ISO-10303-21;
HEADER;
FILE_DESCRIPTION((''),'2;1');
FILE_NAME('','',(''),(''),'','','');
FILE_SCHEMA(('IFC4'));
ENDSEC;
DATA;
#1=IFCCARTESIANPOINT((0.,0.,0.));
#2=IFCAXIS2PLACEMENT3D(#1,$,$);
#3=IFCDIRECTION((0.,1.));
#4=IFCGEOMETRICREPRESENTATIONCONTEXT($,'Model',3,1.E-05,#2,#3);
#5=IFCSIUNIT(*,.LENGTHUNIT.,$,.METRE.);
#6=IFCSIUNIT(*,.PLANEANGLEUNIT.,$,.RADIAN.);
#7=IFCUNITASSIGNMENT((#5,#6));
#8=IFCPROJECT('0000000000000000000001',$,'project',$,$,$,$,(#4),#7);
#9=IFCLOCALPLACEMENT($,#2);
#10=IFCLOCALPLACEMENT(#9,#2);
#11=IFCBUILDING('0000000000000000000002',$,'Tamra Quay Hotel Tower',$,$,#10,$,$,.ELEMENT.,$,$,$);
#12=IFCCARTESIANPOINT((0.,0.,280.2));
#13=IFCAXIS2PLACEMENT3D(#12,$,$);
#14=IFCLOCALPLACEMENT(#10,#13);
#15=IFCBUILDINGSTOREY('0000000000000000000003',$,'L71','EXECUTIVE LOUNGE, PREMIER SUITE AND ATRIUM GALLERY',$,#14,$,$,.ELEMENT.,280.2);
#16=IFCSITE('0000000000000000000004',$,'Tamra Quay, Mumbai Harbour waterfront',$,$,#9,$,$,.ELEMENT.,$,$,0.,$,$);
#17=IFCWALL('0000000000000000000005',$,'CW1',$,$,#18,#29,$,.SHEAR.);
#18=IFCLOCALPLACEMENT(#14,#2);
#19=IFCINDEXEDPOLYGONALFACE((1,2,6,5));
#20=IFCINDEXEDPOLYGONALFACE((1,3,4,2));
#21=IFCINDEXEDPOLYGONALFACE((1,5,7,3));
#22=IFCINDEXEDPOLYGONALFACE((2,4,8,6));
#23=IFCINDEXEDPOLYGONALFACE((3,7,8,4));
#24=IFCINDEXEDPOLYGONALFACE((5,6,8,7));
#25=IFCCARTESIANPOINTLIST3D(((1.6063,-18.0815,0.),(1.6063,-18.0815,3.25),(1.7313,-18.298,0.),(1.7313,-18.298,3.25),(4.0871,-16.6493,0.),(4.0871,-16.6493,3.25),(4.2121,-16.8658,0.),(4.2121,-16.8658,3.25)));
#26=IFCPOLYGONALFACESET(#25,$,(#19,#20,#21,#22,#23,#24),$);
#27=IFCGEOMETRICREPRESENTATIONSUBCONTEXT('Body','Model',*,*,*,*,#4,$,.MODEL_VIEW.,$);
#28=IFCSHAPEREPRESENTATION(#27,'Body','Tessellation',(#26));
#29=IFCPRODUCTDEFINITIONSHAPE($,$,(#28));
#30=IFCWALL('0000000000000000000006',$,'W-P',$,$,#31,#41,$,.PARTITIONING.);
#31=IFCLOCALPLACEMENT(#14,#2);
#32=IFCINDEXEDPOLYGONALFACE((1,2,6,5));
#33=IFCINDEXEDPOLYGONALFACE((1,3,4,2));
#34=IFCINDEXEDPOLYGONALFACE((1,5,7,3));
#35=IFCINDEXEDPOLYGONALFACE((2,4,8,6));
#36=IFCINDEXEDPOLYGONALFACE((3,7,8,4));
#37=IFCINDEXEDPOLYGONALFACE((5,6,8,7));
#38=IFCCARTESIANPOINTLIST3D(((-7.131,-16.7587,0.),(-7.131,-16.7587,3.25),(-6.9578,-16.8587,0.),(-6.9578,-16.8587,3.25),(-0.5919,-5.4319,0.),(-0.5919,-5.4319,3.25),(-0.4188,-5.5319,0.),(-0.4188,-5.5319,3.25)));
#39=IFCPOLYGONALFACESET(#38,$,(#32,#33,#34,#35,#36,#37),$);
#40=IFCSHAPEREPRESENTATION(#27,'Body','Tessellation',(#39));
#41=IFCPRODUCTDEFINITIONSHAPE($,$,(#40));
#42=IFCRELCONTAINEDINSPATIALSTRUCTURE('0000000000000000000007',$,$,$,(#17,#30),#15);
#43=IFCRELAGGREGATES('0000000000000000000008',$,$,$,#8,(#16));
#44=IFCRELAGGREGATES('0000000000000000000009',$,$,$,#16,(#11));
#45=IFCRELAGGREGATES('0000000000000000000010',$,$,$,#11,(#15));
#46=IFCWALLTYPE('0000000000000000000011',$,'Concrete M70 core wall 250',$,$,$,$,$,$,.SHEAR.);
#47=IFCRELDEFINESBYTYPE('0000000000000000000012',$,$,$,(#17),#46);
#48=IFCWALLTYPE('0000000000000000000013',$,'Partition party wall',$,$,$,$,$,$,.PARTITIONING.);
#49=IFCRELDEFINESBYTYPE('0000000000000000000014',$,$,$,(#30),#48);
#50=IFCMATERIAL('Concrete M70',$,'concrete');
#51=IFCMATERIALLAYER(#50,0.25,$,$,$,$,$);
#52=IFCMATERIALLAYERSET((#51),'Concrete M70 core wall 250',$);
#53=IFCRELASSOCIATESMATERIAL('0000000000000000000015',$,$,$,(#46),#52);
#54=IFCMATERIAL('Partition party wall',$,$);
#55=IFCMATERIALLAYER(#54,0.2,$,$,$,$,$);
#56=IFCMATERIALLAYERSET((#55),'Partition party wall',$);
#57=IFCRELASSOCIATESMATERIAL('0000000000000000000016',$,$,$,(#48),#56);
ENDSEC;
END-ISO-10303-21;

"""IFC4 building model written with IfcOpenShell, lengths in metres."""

from ifc_helpers import new_model, si_unit, direction, frame, frame_2d, origin, place, context, subcontext, project, spatial, rectangle, extrude, material, layer, layer_set, type_object, element, save


model = new_model("IFC4")

# Units and contexts
model_context = context("Model", 3, precision=1e-05, world=origin(), true_north=direction((0.0, 1.0)))
body_context = subcontext(model_context, "Body", "Model", "MODEL_VIEW")
ifc_project = project(units=[si_unit("LENGTHUNIT", "METRE"), si_unit("PLANEANGLEUNIT", "RADIAN")], contexts=[model_context])

# Site, building, storey
site_placement = place(None, origin())
site = spatial("IfcSite", under=ifc_project, at=site_placement, Name="Tamra Quay, Mumbai Harbour waterfront", CompositionType="ELEMENT", RefElevation=0.0)
building_placement = place(site_placement, origin())
building = spatial("IfcBuilding", under=site, at=building_placement, Name="Tamra Quay Hotel Tower", CompositionType="ELEMENT")
storey_placement = place(building_placement, frame((0.0, 0.0, 280.2)))
storey = spatial("IfcBuildingStorey", under=building, at=storey_placement, Name="L71", Description="EXECUTIVE LOUNGE, PREMIER SUITE AND ATRIUM GALLERY", CompositionType="ELEMENT", Elevation=280.2)

# Shared definitions
ifc_material_1 = material(Name="Concrete M70", Category="concrete")

# Walls
ifc_layer_1 = layer(ifc_material_1, 0.25)
ifc_layer_set_1 = layer_set([ifc_layer_1], Name="Concrete M70 core wall 250")
wall_type_1 = type_object("IfcWallType", Name="Concrete M70 core wall 250", PredefinedType="SHEAR", material=ifc_layer_set_1)
wall_1_placement = place(storey_placement, frame((1.6689, -18.1897, 0.0), z_axis=(0.0, 0.0, 1.0), x_axis=(0.866042, 0.499971, 0.0)))
element("IfcWall", 1, at=wall_1_placement, inside=storey, type_object=wall_type_1, Name="CW1", PredefinedType="SHEAR", context=body_context, shape_type="SweptSolid", body=[
    extrude(rectangle(XDim=2.8645, YDim=0.25, at=frame_2d((1.4321, 0.0))), origin(), (0.0, 0.0, 1.0), 3.25),
])
ifc_material_2 = material(Name="Partition party wall")
ifc_layer_2 = layer(ifc_material_2, 0.2)
ifc_layer_set_2 = layer_set([ifc_layer_2], Name="Partition party wall")
wall_type_2 = type_object("IfcWallType", Name="Partition party wall", PredefinedType="PARTITIONING", material=ifc_layer_set_2)
wall_2_placement = place(storey_placement, frame((-7.0444, -16.8088, 0.0), z_axis=(0.0, 0.0, 1.0), x_axis=(0.49997, 0.866043, 0.0)))
element("IfcWall", 2, at=wall_2_placement, inside=storey, type_object=wall_type_2, Name="W-P", PredefinedType="PARTITIONING", context=body_context, shape_type="SweptSolid", body=[
    extrude(rectangle(XDim=13.0789, YDim=0.2, at=frame_2d((6.5396, 0.0))), origin(), (0.0, 0.0, 1.0), 3.25),
])

save(model, "model.ifc")
